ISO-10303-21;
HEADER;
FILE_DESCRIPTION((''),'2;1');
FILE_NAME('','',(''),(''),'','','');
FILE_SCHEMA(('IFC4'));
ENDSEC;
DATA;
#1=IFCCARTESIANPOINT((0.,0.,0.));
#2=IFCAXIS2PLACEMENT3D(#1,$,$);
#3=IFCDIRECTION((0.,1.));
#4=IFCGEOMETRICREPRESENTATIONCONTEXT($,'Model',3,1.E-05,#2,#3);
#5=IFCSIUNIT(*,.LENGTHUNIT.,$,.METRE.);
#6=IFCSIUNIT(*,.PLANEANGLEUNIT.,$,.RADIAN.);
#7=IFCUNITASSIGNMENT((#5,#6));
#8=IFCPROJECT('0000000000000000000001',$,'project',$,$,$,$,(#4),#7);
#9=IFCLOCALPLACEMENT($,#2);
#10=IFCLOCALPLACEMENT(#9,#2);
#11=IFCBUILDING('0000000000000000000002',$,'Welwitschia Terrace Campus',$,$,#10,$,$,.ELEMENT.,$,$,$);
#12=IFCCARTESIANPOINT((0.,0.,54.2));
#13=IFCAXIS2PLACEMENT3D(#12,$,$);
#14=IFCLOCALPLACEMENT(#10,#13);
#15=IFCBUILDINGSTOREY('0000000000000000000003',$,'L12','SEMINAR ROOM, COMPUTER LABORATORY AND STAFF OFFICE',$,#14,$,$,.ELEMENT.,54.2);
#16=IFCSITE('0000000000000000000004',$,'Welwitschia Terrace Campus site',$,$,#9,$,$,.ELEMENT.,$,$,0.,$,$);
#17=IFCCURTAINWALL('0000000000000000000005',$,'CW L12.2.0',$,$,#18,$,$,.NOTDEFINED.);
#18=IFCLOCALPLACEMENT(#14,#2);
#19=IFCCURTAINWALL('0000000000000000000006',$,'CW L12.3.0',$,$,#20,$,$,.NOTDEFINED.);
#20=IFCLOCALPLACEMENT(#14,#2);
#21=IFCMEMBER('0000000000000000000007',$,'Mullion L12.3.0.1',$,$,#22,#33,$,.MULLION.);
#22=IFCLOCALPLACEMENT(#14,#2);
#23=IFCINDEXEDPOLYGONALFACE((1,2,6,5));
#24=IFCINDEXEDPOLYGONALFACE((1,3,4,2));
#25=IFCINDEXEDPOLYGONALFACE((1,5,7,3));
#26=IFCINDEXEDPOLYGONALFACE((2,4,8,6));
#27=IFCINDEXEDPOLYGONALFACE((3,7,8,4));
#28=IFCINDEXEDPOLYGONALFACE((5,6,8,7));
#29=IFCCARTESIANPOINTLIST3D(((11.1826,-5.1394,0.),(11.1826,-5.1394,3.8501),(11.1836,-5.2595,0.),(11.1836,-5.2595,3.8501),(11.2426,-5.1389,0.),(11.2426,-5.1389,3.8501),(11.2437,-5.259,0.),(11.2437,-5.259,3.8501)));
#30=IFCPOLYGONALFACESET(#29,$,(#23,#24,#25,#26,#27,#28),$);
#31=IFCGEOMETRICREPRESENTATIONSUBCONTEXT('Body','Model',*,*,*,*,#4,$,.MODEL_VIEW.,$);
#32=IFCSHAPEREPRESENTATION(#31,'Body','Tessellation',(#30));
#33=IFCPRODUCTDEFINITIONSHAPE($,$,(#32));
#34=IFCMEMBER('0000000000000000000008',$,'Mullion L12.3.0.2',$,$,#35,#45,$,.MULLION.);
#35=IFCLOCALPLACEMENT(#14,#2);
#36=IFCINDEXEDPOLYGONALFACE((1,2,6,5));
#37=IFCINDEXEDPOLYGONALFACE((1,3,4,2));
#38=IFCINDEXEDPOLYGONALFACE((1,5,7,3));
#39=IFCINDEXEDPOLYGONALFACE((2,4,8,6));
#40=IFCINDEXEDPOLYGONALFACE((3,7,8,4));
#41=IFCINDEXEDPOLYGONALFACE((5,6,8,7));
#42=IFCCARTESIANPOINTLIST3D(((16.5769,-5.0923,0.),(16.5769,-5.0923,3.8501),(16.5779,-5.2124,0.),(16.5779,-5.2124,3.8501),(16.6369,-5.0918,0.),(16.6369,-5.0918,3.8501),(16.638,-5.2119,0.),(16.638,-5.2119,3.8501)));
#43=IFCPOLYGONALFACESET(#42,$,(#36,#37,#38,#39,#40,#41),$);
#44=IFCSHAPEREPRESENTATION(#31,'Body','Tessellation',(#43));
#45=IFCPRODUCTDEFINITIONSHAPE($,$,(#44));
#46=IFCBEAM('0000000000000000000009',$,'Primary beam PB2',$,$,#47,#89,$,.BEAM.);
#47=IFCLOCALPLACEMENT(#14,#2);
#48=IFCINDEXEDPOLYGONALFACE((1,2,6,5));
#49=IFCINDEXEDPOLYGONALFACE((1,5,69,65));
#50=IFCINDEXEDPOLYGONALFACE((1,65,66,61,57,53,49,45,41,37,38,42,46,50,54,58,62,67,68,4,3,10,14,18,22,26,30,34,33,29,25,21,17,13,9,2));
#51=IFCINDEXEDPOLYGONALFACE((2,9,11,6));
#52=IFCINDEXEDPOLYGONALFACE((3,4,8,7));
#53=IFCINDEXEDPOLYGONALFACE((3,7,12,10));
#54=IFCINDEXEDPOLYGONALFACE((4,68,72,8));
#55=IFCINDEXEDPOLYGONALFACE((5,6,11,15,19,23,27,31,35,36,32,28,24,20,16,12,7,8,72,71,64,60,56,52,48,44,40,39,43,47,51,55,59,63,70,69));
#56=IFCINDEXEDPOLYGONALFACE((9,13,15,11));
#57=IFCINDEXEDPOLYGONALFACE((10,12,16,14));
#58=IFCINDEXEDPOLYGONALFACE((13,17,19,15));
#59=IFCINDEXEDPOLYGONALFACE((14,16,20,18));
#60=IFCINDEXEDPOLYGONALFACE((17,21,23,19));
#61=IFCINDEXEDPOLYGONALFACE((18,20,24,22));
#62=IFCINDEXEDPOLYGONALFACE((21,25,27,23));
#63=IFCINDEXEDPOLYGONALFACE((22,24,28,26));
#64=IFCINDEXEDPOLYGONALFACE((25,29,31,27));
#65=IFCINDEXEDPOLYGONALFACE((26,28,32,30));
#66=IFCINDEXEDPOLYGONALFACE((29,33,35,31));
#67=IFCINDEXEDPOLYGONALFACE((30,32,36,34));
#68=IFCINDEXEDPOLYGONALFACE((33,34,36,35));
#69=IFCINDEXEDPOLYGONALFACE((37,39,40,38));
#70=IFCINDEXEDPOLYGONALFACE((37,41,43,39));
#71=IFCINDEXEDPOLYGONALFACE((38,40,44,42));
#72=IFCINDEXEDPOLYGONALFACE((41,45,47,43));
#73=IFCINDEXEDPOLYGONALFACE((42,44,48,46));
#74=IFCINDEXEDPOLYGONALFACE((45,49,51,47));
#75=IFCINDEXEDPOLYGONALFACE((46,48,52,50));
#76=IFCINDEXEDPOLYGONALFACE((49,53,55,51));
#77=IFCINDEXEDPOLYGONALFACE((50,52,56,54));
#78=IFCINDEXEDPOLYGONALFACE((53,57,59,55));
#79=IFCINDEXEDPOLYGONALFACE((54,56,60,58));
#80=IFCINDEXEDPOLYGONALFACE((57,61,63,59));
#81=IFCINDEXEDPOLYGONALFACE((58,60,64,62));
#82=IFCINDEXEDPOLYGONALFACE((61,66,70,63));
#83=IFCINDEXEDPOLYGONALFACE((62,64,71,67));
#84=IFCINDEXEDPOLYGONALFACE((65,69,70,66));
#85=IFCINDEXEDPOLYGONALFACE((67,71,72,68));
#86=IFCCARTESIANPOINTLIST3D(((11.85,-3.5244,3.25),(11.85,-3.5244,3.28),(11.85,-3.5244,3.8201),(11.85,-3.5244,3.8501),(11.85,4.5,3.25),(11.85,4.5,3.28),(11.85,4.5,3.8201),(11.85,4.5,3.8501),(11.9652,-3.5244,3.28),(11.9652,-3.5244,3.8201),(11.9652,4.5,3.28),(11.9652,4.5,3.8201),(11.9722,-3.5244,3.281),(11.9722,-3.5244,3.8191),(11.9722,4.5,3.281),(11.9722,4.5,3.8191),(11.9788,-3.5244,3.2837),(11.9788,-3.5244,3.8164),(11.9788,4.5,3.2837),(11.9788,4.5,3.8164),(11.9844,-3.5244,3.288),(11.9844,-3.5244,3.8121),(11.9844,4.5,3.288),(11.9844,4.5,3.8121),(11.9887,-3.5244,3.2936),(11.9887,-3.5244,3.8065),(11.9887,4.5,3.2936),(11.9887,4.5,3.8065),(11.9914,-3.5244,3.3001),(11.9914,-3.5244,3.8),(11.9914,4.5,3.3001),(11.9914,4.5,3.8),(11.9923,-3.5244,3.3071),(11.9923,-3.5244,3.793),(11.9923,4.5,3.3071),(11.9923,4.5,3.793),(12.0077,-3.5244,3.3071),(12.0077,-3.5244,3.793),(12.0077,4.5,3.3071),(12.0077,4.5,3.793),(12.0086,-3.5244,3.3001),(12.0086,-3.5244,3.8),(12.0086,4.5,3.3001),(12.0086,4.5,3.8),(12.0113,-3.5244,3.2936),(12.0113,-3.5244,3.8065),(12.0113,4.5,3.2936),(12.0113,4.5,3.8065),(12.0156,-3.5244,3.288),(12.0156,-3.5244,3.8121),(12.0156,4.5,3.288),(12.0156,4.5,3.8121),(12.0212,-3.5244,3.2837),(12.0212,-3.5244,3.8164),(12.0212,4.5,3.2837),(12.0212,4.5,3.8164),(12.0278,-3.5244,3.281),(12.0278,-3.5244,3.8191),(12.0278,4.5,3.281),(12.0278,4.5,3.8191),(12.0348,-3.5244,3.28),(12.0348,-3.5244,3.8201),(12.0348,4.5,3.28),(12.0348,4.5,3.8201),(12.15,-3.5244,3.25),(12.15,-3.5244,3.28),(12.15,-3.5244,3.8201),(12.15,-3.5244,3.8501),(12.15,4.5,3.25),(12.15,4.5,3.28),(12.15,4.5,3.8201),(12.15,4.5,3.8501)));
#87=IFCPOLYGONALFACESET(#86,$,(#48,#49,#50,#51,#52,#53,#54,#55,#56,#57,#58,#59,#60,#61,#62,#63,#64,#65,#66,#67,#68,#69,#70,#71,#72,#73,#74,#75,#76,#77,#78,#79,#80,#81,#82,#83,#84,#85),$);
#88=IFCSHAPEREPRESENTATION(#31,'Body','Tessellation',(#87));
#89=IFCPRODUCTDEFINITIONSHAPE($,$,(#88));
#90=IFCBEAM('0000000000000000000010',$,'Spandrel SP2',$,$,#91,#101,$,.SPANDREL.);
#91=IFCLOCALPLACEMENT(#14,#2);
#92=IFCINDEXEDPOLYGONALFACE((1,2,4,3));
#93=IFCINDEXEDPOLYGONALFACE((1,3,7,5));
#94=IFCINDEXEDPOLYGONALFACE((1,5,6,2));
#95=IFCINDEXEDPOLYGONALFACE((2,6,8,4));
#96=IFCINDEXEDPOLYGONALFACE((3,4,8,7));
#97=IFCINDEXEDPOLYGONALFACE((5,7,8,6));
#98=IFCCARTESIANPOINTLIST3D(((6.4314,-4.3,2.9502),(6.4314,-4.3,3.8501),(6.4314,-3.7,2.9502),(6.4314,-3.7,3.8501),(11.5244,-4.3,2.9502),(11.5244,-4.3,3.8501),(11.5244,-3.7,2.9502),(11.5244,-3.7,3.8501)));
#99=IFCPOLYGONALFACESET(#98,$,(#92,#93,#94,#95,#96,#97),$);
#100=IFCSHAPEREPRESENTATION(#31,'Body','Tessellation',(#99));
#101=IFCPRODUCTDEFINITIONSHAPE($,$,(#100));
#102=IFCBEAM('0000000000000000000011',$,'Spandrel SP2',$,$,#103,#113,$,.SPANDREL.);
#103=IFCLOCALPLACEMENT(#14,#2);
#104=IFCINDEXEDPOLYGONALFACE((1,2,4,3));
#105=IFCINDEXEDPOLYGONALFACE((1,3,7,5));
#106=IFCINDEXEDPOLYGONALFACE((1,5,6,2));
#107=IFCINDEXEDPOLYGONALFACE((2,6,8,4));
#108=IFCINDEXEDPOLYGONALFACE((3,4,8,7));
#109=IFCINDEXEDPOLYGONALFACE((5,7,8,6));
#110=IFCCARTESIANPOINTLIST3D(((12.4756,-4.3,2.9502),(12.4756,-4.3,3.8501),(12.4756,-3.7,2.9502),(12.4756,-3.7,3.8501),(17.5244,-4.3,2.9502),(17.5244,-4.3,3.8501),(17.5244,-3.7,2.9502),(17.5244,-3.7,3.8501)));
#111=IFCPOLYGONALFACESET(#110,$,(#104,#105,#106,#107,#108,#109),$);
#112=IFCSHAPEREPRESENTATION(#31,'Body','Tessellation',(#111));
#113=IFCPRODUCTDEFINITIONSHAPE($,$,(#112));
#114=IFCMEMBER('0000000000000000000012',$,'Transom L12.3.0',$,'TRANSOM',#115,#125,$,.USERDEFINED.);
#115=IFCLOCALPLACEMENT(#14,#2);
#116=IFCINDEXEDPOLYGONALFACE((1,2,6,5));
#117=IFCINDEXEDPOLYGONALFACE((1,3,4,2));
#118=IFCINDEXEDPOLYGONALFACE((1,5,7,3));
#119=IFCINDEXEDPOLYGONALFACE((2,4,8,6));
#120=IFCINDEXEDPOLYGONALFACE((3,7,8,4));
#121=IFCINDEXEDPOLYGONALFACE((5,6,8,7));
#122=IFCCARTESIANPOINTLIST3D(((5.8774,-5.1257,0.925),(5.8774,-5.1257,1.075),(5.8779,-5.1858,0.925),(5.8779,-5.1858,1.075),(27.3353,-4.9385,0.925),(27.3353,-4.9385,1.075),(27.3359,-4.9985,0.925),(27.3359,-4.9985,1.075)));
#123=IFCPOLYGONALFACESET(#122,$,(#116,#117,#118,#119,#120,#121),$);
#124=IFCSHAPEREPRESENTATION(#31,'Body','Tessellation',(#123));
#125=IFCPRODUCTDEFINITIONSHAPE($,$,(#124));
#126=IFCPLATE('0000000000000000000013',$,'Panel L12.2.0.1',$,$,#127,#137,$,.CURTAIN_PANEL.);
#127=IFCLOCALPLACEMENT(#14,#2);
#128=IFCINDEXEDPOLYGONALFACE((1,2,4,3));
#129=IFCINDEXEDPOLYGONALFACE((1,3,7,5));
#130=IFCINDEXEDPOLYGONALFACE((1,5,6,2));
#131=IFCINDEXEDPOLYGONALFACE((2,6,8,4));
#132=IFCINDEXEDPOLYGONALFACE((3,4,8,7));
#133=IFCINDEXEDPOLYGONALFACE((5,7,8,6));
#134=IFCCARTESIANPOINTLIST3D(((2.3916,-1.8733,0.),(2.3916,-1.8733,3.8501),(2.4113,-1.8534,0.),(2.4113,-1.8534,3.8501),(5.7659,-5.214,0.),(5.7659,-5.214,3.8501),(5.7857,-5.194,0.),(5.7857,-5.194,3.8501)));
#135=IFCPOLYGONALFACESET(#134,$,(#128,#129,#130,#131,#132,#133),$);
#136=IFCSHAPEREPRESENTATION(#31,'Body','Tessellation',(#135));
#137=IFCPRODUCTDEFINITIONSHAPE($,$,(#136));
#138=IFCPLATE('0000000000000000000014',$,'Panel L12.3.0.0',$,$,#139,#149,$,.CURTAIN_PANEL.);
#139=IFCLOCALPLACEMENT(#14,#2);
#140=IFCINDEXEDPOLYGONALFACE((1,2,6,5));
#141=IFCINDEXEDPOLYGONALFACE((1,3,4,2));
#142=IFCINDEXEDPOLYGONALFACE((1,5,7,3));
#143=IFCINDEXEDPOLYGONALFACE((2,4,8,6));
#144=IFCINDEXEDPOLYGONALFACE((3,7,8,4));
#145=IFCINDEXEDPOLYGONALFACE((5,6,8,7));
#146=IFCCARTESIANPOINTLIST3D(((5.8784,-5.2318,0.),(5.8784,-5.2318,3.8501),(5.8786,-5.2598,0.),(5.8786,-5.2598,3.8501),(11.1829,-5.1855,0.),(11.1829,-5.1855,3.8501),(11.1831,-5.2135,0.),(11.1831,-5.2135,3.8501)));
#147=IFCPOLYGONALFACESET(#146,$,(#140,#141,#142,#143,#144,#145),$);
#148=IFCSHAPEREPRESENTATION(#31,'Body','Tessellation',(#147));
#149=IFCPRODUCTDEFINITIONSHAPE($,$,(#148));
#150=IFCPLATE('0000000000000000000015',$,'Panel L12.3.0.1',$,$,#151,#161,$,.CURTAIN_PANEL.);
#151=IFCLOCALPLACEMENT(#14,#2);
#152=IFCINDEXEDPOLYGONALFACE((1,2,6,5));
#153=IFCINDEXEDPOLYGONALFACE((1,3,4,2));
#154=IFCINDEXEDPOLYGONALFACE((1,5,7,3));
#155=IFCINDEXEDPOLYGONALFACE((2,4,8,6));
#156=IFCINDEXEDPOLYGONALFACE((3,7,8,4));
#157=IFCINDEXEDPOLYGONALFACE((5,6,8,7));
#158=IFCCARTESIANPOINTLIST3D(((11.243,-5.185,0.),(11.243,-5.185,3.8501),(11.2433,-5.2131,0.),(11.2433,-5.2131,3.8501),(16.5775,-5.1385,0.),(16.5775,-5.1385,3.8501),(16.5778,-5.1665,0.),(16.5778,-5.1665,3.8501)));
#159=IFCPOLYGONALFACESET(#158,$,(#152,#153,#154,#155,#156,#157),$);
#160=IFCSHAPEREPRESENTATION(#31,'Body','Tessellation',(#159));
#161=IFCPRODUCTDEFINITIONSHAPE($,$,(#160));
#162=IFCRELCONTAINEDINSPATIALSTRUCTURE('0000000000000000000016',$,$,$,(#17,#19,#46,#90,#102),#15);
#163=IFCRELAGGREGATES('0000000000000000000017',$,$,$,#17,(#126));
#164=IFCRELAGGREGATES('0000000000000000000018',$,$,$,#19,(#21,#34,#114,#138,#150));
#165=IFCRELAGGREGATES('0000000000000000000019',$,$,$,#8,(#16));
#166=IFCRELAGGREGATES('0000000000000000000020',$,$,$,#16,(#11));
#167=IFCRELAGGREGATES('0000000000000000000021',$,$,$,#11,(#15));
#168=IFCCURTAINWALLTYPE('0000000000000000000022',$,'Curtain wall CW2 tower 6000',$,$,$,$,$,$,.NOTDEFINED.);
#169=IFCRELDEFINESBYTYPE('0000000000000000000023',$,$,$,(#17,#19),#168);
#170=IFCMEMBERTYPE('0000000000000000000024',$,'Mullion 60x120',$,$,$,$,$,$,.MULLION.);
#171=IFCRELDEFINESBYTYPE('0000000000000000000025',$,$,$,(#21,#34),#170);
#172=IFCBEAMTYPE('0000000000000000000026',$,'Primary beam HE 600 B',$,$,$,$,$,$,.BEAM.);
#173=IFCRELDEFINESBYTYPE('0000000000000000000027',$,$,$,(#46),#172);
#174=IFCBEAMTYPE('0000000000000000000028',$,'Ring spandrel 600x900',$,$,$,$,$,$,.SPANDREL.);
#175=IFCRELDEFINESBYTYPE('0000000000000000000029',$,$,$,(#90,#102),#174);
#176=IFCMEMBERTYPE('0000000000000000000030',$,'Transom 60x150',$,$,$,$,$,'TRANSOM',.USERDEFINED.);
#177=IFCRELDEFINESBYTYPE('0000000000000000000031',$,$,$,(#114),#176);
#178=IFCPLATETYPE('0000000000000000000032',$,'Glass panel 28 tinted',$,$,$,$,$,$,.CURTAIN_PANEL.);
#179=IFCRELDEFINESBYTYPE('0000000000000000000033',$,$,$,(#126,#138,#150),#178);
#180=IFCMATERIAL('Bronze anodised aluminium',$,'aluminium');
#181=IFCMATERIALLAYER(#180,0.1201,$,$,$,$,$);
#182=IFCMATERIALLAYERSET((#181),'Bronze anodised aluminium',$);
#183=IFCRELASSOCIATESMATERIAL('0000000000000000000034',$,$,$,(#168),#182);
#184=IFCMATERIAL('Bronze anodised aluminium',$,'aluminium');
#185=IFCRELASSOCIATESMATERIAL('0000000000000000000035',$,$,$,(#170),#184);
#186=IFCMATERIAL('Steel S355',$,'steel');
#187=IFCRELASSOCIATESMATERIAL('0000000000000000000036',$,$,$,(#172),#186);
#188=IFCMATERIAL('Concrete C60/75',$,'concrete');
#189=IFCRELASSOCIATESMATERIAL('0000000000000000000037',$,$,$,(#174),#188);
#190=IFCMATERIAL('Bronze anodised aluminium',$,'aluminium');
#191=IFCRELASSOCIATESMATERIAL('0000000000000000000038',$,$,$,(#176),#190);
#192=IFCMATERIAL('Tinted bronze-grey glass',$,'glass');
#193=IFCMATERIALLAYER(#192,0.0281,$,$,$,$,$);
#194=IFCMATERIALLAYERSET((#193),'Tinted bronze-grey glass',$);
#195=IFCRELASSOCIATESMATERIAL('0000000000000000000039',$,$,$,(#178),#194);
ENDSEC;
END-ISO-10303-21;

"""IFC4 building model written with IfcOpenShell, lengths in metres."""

from ifc_helpers import new_model, si_unit, direction, frame, origin, origin_2d, place, context, subcontext, project, spatial, rectangle, i_section, extrude, material, layer, layer_set, material_profile, profile_set, type_object, element, aggregate, save


model = new_model("IFC4")

# Units and contexts
model_context = context("Model", 3, precision=1e-05, world=origin(), true_north=direction((0.0, 1.0)))
body_context = subcontext(model_context, "Body", "Model", "MODEL_VIEW")
ifc_project = project(units=[si_unit("LENGTHUNIT", "METRE"), si_unit("PLANEANGLEUNIT", "RADIAN")], contexts=[model_context])

# Site, building, storey
site_placement = place(None, origin())
site = spatial("IfcSite", under=ifc_project, at=site_placement, Name="Welwitschia Terrace Campus site", CompositionType="ELEMENT", RefElevation=0.0)
building_placement = place(site_placement, origin())
building = spatial("IfcBuilding", under=site, at=building_placement, Name="Welwitschia Terrace Campus", CompositionType="ELEMENT")
storey_placement = place(building_placement, frame((0.0, 0.0, 54.2)))
storey = spatial("IfcBuildingStorey", under=building, at=storey_placement, Name="L12", Description="SEMINAR ROOM, COMPUTER LABORATORY AND STAFF OFFICE", CompositionType="ELEMENT", Elevation=54.2)

# Curtain wall
ifc_material_1 = material(Name="Bronze anodised aluminium", Category="aluminium")
ifc_layer_1 = layer(ifc_material_1, 0.1201)
ifc_layer_set_1 = layer_set([ifc_layer_1], Name="Bronze anodised aluminium")
curtain_wall_type = type_object("IfcCurtainWallType", Name="Curtain wall CW2 tower 6000", PredefinedType="NOTDEFINED", material=ifc_layer_set_1)
curtain_wall_1_placement = place(storey_placement, origin())
curtain_wall_1 = element("IfcCurtainWall", 1, at=curtain_wall_1_placement, inside=storey, type_object=curtain_wall_type, Name="CW L12.2.0", PredefinedType="NOTDEFINED")
ifc_material_2 = material(Name="Bronze anodised aluminium", Category="aluminium")
ifc_material_profile_1 = material_profile(ifc_material_2, rectangle(XDim=0.1201, YDim=0.0601, at=origin_2d()))
ifc_profile_set_1 = profile_set([ifc_material_profile_1], Name="Bronze anodised aluminium")
member_type_1 = type_object("IfcMemberType", Name="Mullion 60x120", PredefinedType="MULLION", material=ifc_profile_set_1)

# Curtain wall, members
curtain_wall_2_placement = place(storey_placement, origin())
curtain_wall_2 = element("IfcCurtainWall", 2, at=curtain_wall_2_placement, inside=storey, type_object=curtain_wall_type, Name="CW L12.3.0", PredefinedType="NOTDEFINED")
member_1_placement = place(storey_placement, frame((11.2131, -5.1992, 0.0), z_axis=(0.0, 0.0, 1.0), x_axis=(-0.008727, 0.999962, 0.0)))
member_1 = element("IfcMember", 3, at=member_1_placement, type_object=member_type_1, Name="Mullion L12.3.0.1", PredefinedType="MULLION", context=body_context, shape_type="SweptSolid", body=[
    extrude(rectangle(XDim=0.1201, YDim=0.0601, at=origin_2d()), origin(), (0.0, 0.0, 1.0), 3.8501),
])
member_2_placement = place(storey_placement, frame((16.6074, -5.1521, 0.0), z_axis=(0.0, 0.0, 1.0), x_axis=(-0.008727, 0.999962, 0.0)))
member_2 = element("IfcMember", 4, at=member_2_placement, type_object=member_type_1, Name="Mullion L12.3.0.2", PredefinedType="MULLION", context=body_context, shape_type="SweptSolid", body=[
    extrude(rectangle(XDim=0.1201, YDim=0.0601, at=origin_2d()), origin(), (0.0, 0.0, 1.0), 3.8501),
])

# Beams
ifc_material_3 = material(Name="Steel S355", Category="steel")
ifc_material_profile_2 = material_profile(ifc_material_3, i_section(OverallWidth=0.3, OverallDepth=0.6001, WebThickness=0.0154, FlangeThickness=0.03, FilletRadius=0.0271, at=origin_2d()))
ifc_profile_set_2 = profile_set([ifc_material_profile_2], Name="Steel S355")
beam_type_1 = type_object("IfcBeamType", Name="Primary beam HE 600 B", PredefinedType="BEAM", material=ifc_profile_set_2)
beam_1_placement = place(storey_placement, frame((12.0, -3.5244, 3.55), z_axis=(0.0, 1.0, 0.0), x_axis=(-1.0, 0.0, 0.0)))
element("IfcBeam", 5, at=beam_1_placement, inside=storey, type_object=beam_type_1, Name="Primary beam PB2", PredefinedType="BEAM", context=body_context, shape_type="SweptSolid", body=[
    extrude(i_section(OverallWidth=0.3, OverallDepth=0.6001, WebThickness=0.0154, FlangeThickness=0.03, FilletRadius=0.0271, at=origin_2d()), origin(), (0.0, 0.0, 1.0), 8.0244),
])
ifc_material_4 = material(Name="Concrete C60/75", Category="concrete")
ifc_material_profile_3 = material_profile(ifc_material_4, rectangle(XDim=0.6001, YDim=0.8999, at=origin_2d()))
ifc_profile_set_3 = profile_set([ifc_material_profile_3], Name="Concrete C60/75")
beam_type_2 = type_object("IfcBeamType", Name="Ring spandrel 600x900", PredefinedType="SPANDREL", material=ifc_profile_set_3)
beam_2_placement = place(storey_placement, frame((6.4314, -4.0, 3.4001), z_axis=(1.0, 0.0, 0.0), x_axis=(0.0, 1.0, 0.0)))
element("IfcBeam", 6, at=beam_2_placement, inside=storey, type_object=beam_type_2, Name="Spandrel SP2", PredefinedType="SPANDREL", context=body_context, shape_type="SweptSolid", body=[
    extrude(rectangle(XDim=0.6001, YDim=0.8999, at=origin_2d()), origin(), (0.0, 0.0, 1.0), 5.093),
])
beam_3_placement = place(storey_placement, frame((12.4756, -4.0, 3.4001), z_axis=(1.0, 0.0, 0.0), x_axis=(0.0, 1.0, 0.0)))
element("IfcBeam", 7, at=beam_3_placement, inside=storey, type_object=beam_type_2, Name="Spandrel SP2", PredefinedType="SPANDREL", context=body_context, shape_type="SweptSolid", body=[
    extrude(rectangle(XDim=0.6001, YDim=0.8999, at=origin_2d()), origin(), (0.0, 0.0, 1.0), 5.0488),
])

# Member
ifc_material_5 = material(Name="Bronze anodised aluminium", Category="aluminium")
ifc_material_profile_4 = material_profile(ifc_material_5, rectangle(XDim=0.0601, YDim=0.1499, at=origin_2d()))
ifc_profile_set_4 = profile_set([ifc_material_profile_4], Name="Bronze anodised aluminium")
member_type_2 = type_object("IfcMemberType", Name="Transom 60x150", ElementType="TRANSOM", PredefinedType="USERDEFINED", material=ifc_profile_set_4)
member_3_placement = place(storey_placement, frame((5.8777, -5.1558, 1.0), z_axis=(0.999962, 0.008726, 0.0), x_axis=(-0.008726, 0.999962, 0.0)))
member_3 = element("IfcMember", 8, at=member_3_placement, type_object=member_type_2, Name="Transom L12.3.0", ObjectType="TRANSOM", PredefinedType="USERDEFINED", context=body_context, shape_type="SweptSolid", body=[
    extrude(rectangle(XDim=0.0601, YDim=0.1499, at=origin_2d()), origin(), (0.0, 0.0, 1.0), 21.4587),
])

# Plates
ifc_material_6 = material(Name="Tinted bronze-grey glass", Category="glass")
ifc_layer_2 = layer(ifc_material_6, 0.0281)
ifc_layer_set_2 = layer_set([ifc_layer_2], Name="Tinted bronze-grey glass")
plate_type = type_object("IfcPlateType", Name="Glass panel 28 tinted", PredefinedType="CURTAIN_PANEL", material=ifc_layer_set_2)
plate_1_placement = place(storey_placement, frame((4.0886, -3.5337, 0.0), z_axis=(0.0, 0.0, 1.0), x_axis=(0.710644, -0.703552, 0.0)))
plate_1 = element("IfcPlate", 9, at=plate_1_placement, type_object=plate_type, Name="Panel L12.2.0.1", PredefinedType="CURTAIN_PANEL", context=body_context, shape_type="SweptSolid", body=[
    extrude(rectangle(XDim=4.7483, YDim=0.0281, at=origin_2d()), origin(), (0.0, 0.0, 1.0), 3.8501),
])
aggregate(curtain_wall_1, [plate_1])
plate_2_placement = place(storey_placement, frame((8.5308, -5.2227, 0.0), z_axis=(0.0, 0.0, 1.0), x_axis=(0.999962, 0.008727, 0.0)))
plate_2 = element("IfcPlate", 10, at=plate_2_placement, type_object=plate_type, Name="Panel L12.3.0.0", PredefinedType="CURTAIN_PANEL", context=body_context, shape_type="SweptSolid", body=[
    extrude(rectangle(XDim=5.3047, YDim=0.0281, at=origin_2d()), origin(), (0.0, 0.0, 1.0), 3.8501),
])
plate_3_placement = place(storey_placement, frame((13.9104, -5.1758, 0.0), z_axis=(0.0, 0.0, 1.0), x_axis=(0.999962, 0.008727, 0.0)))
plate_3 = element("IfcPlate", 11, at=plate_3_placement, type_object=plate_type, Name="Panel L12.3.0.1", PredefinedType="CURTAIN_PANEL", context=body_context, shape_type="SweptSolid", body=[
    extrude(rectangle(XDim=5.3347, YDim=0.0281, at=origin_2d()), origin(), (0.0, 0.0, 1.0), 3.8501),
])
aggregate(curtain_wall_2, [member_1, member_2, member_3, plate_2, plate_3])

save(model, "model.ifc")
